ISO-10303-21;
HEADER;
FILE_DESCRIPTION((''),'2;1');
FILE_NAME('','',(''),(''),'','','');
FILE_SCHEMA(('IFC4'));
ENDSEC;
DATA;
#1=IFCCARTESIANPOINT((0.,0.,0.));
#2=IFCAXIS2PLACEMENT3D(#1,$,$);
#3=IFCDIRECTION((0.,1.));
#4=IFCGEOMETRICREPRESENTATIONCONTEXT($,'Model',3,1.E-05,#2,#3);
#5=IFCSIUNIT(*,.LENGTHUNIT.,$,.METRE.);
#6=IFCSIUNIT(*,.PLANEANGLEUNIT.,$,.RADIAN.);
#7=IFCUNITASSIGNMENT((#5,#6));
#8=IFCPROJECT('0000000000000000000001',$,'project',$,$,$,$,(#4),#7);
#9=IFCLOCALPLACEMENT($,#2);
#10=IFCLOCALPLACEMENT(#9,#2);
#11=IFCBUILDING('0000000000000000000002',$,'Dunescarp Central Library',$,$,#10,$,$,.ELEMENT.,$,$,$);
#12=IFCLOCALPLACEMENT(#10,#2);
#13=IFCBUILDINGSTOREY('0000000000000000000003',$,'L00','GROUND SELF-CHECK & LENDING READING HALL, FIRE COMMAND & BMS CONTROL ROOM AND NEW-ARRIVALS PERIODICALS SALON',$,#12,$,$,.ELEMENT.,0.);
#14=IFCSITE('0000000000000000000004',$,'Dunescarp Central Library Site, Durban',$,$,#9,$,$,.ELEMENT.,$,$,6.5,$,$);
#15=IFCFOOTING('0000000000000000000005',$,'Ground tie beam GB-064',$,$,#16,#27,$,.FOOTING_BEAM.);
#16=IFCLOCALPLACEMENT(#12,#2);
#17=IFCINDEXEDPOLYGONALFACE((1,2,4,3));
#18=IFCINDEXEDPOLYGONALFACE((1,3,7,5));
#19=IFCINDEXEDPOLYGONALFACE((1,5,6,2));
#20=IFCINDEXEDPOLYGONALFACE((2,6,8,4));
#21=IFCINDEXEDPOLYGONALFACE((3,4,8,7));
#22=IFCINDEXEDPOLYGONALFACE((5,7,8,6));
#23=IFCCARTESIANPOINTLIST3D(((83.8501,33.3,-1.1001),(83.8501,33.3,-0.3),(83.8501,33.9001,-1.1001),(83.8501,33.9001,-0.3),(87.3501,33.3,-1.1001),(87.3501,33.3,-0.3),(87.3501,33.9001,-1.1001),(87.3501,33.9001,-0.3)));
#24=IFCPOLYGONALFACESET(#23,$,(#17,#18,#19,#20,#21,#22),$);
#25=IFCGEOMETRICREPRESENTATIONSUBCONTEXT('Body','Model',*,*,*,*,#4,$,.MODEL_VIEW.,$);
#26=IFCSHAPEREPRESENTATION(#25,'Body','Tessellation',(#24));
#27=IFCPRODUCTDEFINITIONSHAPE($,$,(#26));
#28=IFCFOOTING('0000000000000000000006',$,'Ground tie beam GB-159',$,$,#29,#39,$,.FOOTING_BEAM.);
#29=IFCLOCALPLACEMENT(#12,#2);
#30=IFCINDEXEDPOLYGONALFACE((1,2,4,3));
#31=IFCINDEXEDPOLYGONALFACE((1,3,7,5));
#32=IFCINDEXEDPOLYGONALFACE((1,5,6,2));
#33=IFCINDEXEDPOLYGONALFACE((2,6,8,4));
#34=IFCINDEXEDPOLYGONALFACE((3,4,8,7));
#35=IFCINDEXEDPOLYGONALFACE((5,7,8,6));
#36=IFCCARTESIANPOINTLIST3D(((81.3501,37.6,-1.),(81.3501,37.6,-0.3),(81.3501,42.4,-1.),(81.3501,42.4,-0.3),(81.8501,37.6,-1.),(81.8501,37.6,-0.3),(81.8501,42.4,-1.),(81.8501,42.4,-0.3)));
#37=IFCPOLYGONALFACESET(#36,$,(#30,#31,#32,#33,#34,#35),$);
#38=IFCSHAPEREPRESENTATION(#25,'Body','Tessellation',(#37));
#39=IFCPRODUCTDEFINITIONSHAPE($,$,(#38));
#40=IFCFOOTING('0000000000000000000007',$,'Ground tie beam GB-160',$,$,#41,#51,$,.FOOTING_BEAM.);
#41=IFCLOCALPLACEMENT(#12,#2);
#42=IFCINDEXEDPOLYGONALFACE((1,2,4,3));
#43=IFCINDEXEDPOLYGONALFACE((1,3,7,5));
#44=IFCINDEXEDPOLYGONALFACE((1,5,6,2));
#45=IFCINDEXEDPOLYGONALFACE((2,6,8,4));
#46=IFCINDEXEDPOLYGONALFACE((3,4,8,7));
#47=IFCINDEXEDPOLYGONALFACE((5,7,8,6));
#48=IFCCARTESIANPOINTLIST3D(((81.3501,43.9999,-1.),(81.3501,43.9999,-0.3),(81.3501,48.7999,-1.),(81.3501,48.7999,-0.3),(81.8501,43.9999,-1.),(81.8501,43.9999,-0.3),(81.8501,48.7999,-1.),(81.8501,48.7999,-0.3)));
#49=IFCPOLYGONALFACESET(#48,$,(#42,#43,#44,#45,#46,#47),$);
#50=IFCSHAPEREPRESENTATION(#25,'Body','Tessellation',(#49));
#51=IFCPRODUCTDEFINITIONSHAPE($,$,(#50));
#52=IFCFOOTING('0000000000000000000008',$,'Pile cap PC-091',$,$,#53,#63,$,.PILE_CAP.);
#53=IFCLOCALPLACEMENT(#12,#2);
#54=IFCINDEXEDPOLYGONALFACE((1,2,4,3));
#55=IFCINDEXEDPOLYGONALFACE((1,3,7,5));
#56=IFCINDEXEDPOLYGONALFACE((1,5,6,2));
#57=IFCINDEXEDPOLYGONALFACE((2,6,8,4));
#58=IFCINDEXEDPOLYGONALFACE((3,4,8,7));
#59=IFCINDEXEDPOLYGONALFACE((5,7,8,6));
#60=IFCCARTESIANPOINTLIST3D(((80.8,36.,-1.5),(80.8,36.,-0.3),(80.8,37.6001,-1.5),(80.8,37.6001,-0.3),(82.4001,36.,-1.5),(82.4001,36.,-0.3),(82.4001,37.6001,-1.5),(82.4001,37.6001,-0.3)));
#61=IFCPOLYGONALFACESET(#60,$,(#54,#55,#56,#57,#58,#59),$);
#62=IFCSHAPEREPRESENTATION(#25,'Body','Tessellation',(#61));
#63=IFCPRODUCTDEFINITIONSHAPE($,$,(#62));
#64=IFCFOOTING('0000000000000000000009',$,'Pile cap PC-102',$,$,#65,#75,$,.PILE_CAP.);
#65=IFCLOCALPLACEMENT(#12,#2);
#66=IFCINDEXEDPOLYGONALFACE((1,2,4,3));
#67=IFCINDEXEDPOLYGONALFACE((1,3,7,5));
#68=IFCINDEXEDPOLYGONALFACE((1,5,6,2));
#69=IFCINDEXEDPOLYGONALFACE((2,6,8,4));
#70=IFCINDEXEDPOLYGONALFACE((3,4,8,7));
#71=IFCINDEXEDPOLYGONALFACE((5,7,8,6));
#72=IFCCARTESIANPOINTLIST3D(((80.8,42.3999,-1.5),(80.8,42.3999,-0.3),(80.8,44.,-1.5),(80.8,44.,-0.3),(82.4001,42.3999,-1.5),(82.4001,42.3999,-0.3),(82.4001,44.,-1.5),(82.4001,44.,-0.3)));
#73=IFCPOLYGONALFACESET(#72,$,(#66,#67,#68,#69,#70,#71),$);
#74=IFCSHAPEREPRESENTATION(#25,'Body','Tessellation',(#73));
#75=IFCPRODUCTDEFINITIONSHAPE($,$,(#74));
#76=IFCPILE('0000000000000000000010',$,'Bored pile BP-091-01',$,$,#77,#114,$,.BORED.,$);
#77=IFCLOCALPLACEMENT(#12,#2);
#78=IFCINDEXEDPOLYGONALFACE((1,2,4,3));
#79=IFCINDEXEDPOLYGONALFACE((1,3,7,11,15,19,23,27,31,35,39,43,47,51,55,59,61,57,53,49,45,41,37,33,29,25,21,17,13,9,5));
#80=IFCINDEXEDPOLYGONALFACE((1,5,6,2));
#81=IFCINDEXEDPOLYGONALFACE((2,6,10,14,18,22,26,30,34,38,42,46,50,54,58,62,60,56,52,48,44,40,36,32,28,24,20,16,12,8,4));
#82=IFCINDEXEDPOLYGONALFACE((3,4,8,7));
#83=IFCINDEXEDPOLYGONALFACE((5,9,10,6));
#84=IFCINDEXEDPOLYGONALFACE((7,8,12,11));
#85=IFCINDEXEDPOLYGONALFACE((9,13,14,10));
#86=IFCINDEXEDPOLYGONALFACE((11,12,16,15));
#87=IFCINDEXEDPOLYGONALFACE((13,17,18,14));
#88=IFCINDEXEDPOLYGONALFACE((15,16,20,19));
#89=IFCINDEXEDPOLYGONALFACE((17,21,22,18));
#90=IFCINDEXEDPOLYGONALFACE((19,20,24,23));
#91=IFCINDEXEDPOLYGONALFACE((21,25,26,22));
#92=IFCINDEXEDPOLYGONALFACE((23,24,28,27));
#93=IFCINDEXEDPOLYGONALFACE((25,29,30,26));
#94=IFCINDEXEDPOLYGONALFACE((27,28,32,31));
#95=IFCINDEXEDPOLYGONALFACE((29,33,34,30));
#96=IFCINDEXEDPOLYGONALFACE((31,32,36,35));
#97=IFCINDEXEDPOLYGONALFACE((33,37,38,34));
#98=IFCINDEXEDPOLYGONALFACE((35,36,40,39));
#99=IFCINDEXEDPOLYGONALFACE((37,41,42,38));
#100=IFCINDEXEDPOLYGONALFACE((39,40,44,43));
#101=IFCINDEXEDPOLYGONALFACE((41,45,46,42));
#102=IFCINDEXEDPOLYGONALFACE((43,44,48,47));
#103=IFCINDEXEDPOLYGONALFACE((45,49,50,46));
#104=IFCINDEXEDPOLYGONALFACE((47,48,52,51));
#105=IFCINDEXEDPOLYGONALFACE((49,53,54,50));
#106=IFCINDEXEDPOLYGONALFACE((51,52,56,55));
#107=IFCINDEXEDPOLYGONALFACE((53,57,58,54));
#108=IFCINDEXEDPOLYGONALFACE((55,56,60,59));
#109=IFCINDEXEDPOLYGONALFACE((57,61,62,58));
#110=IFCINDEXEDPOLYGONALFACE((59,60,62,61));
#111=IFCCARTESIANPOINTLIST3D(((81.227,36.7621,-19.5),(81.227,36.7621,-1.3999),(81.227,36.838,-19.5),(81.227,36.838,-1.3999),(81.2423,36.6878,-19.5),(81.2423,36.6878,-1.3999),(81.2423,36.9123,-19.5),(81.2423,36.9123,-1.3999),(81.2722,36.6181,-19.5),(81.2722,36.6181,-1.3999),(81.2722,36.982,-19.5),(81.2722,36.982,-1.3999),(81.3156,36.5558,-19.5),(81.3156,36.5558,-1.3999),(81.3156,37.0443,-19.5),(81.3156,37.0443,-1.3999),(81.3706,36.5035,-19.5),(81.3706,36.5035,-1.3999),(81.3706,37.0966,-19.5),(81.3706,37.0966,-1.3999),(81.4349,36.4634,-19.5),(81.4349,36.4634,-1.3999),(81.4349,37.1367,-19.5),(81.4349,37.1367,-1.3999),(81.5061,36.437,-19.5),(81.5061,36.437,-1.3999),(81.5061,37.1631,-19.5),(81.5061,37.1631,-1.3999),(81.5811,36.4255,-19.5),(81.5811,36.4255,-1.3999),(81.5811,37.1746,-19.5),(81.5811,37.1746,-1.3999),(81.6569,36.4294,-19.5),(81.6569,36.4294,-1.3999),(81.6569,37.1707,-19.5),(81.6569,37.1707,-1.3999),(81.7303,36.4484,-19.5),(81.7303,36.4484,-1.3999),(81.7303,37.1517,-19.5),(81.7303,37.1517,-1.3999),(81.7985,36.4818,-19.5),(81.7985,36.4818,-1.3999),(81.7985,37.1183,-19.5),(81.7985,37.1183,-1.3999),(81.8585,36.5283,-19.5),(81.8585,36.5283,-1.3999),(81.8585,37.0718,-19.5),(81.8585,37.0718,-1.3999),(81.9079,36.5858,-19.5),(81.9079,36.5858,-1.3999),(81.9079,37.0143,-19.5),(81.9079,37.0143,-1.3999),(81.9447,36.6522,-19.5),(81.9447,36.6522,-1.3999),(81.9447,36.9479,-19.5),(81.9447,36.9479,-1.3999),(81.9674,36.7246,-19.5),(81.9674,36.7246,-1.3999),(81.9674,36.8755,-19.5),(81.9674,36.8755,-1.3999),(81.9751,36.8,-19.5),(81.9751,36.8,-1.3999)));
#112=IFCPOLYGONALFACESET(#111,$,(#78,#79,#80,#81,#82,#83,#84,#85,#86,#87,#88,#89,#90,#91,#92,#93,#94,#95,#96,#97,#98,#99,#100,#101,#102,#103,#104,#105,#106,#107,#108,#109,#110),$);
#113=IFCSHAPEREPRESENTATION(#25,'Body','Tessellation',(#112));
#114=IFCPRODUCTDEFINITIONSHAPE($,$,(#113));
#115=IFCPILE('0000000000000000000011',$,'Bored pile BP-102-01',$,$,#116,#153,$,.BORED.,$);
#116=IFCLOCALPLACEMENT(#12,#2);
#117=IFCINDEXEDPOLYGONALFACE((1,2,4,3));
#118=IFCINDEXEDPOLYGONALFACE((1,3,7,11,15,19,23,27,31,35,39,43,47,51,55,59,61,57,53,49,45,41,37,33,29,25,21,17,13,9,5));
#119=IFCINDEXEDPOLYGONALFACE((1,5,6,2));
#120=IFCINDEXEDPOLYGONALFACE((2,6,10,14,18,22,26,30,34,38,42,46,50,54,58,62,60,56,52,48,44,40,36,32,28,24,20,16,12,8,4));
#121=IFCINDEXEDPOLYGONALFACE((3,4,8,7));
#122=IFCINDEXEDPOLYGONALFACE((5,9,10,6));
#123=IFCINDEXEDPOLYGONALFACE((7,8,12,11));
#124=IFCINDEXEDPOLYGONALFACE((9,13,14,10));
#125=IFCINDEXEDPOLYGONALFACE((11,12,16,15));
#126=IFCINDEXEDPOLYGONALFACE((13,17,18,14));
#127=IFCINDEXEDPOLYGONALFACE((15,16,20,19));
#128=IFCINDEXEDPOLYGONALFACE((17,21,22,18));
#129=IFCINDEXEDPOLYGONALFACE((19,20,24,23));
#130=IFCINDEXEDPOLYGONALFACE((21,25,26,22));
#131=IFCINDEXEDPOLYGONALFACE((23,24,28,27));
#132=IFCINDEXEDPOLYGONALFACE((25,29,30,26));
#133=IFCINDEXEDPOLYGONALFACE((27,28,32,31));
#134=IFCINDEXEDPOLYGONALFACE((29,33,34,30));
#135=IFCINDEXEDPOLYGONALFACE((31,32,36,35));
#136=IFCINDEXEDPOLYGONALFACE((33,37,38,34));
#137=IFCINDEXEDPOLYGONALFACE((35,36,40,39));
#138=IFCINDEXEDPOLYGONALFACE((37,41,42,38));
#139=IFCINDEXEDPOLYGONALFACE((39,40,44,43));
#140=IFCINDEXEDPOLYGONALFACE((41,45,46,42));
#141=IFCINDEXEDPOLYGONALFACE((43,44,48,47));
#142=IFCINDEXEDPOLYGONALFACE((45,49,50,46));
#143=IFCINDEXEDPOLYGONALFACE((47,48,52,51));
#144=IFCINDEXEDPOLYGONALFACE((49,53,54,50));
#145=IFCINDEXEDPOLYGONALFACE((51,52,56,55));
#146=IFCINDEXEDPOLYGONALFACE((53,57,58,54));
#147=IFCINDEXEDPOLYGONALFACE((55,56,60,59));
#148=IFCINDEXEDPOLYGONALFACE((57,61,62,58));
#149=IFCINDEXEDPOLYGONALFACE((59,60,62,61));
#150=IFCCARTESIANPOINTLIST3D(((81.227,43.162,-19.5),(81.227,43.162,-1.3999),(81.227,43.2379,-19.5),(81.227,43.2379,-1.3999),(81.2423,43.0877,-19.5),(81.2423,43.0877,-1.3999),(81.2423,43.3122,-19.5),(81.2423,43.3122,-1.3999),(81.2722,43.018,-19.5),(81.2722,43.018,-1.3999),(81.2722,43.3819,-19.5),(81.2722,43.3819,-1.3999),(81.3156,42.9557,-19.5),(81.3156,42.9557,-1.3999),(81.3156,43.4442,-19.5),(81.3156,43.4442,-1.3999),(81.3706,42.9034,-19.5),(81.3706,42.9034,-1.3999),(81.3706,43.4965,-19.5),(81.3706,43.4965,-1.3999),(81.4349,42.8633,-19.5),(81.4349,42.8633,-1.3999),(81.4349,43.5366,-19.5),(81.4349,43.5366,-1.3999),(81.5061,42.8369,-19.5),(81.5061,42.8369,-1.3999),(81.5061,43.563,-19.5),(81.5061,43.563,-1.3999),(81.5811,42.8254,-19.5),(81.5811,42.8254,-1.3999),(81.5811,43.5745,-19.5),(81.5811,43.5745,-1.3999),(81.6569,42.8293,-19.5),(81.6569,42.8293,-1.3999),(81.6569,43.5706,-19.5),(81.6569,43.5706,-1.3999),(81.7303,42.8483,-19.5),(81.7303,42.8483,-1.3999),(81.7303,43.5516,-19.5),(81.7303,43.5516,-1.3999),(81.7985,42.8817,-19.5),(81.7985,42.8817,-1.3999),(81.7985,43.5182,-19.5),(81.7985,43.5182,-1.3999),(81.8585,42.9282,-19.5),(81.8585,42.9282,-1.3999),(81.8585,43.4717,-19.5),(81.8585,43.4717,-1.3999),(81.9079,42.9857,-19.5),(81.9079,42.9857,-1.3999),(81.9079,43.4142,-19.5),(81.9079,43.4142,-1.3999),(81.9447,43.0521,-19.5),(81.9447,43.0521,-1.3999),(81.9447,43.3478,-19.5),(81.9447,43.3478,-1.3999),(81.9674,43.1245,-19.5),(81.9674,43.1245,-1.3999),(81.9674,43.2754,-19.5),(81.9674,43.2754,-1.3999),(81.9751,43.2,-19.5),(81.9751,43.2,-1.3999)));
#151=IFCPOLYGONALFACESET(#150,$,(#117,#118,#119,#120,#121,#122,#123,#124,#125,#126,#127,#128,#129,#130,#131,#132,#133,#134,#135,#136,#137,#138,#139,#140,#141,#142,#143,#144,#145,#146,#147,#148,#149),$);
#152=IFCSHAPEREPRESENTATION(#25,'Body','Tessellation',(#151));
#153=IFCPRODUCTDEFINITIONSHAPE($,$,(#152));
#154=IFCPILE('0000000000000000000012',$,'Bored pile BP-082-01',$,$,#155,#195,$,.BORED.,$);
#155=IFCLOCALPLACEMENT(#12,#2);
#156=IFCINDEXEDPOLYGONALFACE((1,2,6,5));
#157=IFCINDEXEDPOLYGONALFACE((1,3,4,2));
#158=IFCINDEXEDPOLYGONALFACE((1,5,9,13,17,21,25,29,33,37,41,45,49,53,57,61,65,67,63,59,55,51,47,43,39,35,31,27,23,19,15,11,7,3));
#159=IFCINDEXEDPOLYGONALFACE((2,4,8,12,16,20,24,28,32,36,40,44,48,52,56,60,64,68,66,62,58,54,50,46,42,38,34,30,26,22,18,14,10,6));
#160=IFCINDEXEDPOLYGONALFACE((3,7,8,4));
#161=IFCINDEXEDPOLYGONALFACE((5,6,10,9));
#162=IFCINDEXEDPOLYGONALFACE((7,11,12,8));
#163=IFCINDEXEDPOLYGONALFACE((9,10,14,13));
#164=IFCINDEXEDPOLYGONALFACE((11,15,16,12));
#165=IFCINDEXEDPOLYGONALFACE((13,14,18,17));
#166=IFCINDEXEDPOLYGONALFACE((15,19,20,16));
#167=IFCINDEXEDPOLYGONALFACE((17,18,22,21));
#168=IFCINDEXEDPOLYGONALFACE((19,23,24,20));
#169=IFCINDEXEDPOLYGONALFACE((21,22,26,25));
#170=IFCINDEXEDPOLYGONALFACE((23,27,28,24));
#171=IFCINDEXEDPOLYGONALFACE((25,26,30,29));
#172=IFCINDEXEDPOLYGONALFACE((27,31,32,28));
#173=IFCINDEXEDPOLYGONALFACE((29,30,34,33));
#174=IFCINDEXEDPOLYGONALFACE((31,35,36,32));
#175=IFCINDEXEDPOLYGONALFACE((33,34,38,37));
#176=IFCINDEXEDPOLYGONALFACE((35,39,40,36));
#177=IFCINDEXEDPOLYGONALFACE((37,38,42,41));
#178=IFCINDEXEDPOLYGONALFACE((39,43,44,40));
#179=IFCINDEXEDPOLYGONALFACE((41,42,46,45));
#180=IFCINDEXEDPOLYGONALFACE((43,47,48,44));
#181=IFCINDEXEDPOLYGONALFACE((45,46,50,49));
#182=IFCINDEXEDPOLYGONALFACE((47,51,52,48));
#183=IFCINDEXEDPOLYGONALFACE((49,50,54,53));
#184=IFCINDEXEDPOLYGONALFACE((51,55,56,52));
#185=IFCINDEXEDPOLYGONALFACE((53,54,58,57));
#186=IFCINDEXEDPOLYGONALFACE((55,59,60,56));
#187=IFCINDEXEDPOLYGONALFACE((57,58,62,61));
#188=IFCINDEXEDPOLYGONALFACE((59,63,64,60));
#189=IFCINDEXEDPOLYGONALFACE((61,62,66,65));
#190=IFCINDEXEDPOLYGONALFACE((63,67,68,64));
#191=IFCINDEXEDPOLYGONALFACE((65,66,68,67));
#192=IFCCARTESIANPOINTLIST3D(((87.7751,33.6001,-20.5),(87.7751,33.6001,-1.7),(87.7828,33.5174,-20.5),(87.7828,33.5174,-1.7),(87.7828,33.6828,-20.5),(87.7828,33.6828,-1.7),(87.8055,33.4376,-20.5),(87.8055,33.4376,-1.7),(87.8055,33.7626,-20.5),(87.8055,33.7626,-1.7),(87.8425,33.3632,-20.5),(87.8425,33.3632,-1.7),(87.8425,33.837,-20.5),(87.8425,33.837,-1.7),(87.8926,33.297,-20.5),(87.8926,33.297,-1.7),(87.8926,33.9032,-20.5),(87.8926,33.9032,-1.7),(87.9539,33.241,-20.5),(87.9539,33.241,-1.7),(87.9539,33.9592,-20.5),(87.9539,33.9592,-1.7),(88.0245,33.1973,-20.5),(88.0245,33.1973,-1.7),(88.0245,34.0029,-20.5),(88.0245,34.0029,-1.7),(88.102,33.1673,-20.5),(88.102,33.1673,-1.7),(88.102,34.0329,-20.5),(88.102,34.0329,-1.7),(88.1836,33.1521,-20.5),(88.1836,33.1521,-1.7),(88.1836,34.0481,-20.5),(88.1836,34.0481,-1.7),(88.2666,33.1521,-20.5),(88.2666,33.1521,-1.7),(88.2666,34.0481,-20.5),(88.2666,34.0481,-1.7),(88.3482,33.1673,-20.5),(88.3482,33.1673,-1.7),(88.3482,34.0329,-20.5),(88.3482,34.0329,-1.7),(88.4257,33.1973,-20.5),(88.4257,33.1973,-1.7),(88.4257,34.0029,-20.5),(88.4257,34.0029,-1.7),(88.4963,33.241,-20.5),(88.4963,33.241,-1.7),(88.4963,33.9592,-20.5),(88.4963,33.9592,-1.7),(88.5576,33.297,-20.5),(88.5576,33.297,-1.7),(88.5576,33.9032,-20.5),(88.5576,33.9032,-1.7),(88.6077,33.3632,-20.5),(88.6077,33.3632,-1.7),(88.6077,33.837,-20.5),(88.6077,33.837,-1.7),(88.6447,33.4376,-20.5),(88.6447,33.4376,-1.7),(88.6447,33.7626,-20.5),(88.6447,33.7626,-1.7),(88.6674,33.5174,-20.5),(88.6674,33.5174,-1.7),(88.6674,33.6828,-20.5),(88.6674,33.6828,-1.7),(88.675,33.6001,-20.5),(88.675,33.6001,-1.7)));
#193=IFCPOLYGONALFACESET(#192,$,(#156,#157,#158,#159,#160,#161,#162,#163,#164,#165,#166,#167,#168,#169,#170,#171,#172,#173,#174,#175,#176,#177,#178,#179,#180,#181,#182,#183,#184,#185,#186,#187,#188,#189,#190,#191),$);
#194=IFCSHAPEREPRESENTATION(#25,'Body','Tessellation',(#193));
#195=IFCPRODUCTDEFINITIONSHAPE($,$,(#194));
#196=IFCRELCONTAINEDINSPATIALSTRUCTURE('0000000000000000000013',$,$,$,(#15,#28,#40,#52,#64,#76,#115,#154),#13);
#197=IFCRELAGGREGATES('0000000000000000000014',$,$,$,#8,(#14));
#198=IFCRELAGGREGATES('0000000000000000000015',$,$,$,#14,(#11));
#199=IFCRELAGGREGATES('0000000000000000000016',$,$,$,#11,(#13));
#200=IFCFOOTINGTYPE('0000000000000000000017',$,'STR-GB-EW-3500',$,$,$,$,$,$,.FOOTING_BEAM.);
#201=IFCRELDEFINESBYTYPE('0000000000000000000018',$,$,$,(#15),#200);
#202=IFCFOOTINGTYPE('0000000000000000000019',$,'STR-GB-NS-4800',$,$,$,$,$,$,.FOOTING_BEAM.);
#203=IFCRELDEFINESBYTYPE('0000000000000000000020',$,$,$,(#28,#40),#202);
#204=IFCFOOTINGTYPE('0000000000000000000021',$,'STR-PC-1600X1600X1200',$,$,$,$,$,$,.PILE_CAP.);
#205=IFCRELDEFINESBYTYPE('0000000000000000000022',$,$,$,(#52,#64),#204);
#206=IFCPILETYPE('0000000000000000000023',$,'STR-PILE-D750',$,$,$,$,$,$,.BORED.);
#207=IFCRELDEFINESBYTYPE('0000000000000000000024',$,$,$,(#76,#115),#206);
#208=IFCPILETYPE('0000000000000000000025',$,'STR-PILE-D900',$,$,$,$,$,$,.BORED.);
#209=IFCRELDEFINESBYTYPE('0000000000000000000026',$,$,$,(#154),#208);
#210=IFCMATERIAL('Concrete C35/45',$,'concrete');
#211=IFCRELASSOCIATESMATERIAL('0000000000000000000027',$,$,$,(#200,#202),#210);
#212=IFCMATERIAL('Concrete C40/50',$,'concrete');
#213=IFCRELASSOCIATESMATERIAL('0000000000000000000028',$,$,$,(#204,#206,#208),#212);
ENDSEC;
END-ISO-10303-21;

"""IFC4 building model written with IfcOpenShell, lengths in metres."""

from ifc_helpers import new_model, si_unit, direction, frame, origin, origin_2d, place, context, subcontext, project, spatial, rectangle, circle, extrude, material, material_profile, profile_set, type_object, element, save


model = new_model("IFC4")

# Units and contexts
model_context = context("Model", 3, precision=1e-05, world=origin(), true_north=direction((0.0, 1.0)))
body_context = subcontext(model_context, "Body", "Model", "MODEL_VIEW")
ifc_project = project(units=[si_unit("LENGTHUNIT", "METRE"), si_unit("PLANEANGLEUNIT", "RADIAN")], contexts=[model_context])

# Site, building, storey
site_placement = place(None, origin())
site = spatial("IfcSite", under=ifc_project, at=site_placement, Name="Dunescarp Central Library Site, Durban", CompositionType="ELEMENT", RefElevation=6.5)
building_placement = place(site_placement, origin())
building = spatial("IfcBuilding", under=site, at=building_placement, Name="Dunescarp Central Library", CompositionType="ELEMENT")
storey_placement = place(building_placement, origin())
storey = spatial("IfcBuildingStorey", under=building, at=storey_placement, Name="L00", Description="GROUND SELF-CHECK & LENDING READING HALL, FIRE COMMAND & BMS CONTROL ROOM AND NEW-ARRIVALS PERIODICALS SALON", CompositionType="ELEMENT", Elevation=0.0)

# Footings
ifc_material_1 = material(Name="Concrete C35/45", Category="concrete")
footing_type_1 = type_object("IfcFootingType", Name="STR-GB-EW-3500", PredefinedType="FOOTING_BEAM", material=ifc_material_1)
footing_placement = place(storey_placement, frame((85.6001, 33.6001, -1.1001), z_axis=(0.0, 0.0, 1.0), x_axis=(1.0, 0.0, 0.0)))
element("IfcFooting", 1, at=footing_placement, inside=storey, type_object=footing_type_1, Name="Ground tie beam GB-064", PredefinedType="FOOTING_BEAM", context=body_context, shape_type="SweptSolid", body=[
    extrude(rectangle(XDim=3.5, YDim=0.6001, at=origin_2d()), origin(), (0.0, 0.0, 1.0), 0.8),
])
footing_type_2 = type_object("IfcFootingType", Name="STR-GB-NS-4800", PredefinedType="FOOTING_BEAM", material=ifc_material_1)
for number, where, z_axis, x_axis, name in (
    (2, (81.6001, 40.0, -1.0), (0.0, 0.0, 1.0), (0.0, 1.0, 0.0), "Ground tie beam GB-159"),
    (3, (81.6001, 46.3999, -1.0), (0.0, 0.0, 1.0), (0.0, 1.0, 0.0), "Ground tie beam GB-160"),
):
    element("IfcFooting", number, at=place(storey_placement, frame(where, z_axis=z_axis, x_axis=x_axis)), inside=storey, type_object=footing_type_2, Name=name, PredefinedType="FOOTING_BEAM", context=body_context, shape_type="SweptSolid", body=[
        extrude(rectangle(XDim=4.8, YDim=0.5, at=origin_2d()), origin(), (0.0, 0.0, 1.0), 0.7),
    ])
ifc_material_2 = material(Name="Concrete C40/50", Category="concrete")
footing_type_3 = type_object("IfcFootingType", Name="STR-PC-1600X1600X1200", PredefinedType="PILE_CAP", material=ifc_material_2)
for number, where, z_axis, x_axis, name in (
    (4, (81.6001, 36.8, -1.5), (0.0, 0.0, 1.0), (1.0, 0.0, 0.0), "Pile cap PC-091"),
    (5, (81.6001, 43.2, -1.5), (0.0, 0.0, 1.0), (1.0, 0.0, 0.0), "Pile cap PC-102"),
):
    element("IfcFooting", number, at=place(storey_placement, frame(where, z_axis=z_axis, x_axis=x_axis)), inside=storey, type_object=footing_type_3, Name=name, PredefinedType="PILE_CAP", context=body_context, shape_type="SweptSolid", body=[
        extrude(rectangle(XDim=1.6001, YDim=1.6001, at=origin_2d()), origin(), (0.0, 0.0, 1.0), 1.2),
    ])

# Piles
ifc_material_profile_1 = material_profile(ifc_material_2, circle(Radius=0.375, at=origin_2d()), Name="PILE D750")
ifc_profile_set_1 = profile_set([ifc_material_profile_1], Name="Concrete C40/50")
pile_type_1 = type_object("IfcPileType", Name="STR-PILE-D750", PredefinedType="BORED", material=ifc_profile_set_1)
for number, where, z_axis, x_axis, name in (
    (6, (81.6001, 36.8, -1.3999), (0.0, 0.0, -1.0), (1.0, 0.0, 0.0), "Bored pile BP-091-01"),
    (7, (81.6001, 43.2, -1.3999), (0.0, 0.0, -1.0), (1.0, 0.0, 0.0), "Bored pile BP-102-01"),
):
    element("IfcPile", number, at=place(storey_placement, frame(where, z_axis=z_axis, x_axis=x_axis)), inside=storey, type_object=pile_type_1, Name=name, PredefinedType="BORED", context=body_context, shape_type="SweptSolid", body=[
        extrude(circle(Radius=0.375, at=origin_2d()), origin(), (0.0, 0.0, 1.0), 18.1001),
    ])
ifc_material_profile_2 = material_profile(ifc_material_2, circle(Radius=0.45, at=origin_2d()), Name="PILE D900")
ifc_profile_set_2 = profile_set([ifc_material_profile_2], Name="Concrete C40/50")
pile_type_2 = type_object("IfcPileType", Name="STR-PILE-D900", PredefinedType="BORED", material=ifc_profile_set_2)
for number, where, z_axis, x_axis, name in (
    (8, (88.2251, 33.6001, -1.7), (0.0, 0.0, -1.0), (1.0, 0.0, 0.0), "Bored pile BP-082-01"),
):
    element("IfcPile", number, at=place(storey_placement, frame(where, z_axis=z_axis, x_axis=x_axis)), inside=storey, type_object=pile_type_2, Name=name, PredefinedType="BORED", context=body_context, shape_type="SweptSolid", body=[
        extrude(circle(Radius=0.45, at=origin_2d()), origin(), (0.0, 0.0, 1.0), 18.8),
    ])

save(model, "model.ifc")
